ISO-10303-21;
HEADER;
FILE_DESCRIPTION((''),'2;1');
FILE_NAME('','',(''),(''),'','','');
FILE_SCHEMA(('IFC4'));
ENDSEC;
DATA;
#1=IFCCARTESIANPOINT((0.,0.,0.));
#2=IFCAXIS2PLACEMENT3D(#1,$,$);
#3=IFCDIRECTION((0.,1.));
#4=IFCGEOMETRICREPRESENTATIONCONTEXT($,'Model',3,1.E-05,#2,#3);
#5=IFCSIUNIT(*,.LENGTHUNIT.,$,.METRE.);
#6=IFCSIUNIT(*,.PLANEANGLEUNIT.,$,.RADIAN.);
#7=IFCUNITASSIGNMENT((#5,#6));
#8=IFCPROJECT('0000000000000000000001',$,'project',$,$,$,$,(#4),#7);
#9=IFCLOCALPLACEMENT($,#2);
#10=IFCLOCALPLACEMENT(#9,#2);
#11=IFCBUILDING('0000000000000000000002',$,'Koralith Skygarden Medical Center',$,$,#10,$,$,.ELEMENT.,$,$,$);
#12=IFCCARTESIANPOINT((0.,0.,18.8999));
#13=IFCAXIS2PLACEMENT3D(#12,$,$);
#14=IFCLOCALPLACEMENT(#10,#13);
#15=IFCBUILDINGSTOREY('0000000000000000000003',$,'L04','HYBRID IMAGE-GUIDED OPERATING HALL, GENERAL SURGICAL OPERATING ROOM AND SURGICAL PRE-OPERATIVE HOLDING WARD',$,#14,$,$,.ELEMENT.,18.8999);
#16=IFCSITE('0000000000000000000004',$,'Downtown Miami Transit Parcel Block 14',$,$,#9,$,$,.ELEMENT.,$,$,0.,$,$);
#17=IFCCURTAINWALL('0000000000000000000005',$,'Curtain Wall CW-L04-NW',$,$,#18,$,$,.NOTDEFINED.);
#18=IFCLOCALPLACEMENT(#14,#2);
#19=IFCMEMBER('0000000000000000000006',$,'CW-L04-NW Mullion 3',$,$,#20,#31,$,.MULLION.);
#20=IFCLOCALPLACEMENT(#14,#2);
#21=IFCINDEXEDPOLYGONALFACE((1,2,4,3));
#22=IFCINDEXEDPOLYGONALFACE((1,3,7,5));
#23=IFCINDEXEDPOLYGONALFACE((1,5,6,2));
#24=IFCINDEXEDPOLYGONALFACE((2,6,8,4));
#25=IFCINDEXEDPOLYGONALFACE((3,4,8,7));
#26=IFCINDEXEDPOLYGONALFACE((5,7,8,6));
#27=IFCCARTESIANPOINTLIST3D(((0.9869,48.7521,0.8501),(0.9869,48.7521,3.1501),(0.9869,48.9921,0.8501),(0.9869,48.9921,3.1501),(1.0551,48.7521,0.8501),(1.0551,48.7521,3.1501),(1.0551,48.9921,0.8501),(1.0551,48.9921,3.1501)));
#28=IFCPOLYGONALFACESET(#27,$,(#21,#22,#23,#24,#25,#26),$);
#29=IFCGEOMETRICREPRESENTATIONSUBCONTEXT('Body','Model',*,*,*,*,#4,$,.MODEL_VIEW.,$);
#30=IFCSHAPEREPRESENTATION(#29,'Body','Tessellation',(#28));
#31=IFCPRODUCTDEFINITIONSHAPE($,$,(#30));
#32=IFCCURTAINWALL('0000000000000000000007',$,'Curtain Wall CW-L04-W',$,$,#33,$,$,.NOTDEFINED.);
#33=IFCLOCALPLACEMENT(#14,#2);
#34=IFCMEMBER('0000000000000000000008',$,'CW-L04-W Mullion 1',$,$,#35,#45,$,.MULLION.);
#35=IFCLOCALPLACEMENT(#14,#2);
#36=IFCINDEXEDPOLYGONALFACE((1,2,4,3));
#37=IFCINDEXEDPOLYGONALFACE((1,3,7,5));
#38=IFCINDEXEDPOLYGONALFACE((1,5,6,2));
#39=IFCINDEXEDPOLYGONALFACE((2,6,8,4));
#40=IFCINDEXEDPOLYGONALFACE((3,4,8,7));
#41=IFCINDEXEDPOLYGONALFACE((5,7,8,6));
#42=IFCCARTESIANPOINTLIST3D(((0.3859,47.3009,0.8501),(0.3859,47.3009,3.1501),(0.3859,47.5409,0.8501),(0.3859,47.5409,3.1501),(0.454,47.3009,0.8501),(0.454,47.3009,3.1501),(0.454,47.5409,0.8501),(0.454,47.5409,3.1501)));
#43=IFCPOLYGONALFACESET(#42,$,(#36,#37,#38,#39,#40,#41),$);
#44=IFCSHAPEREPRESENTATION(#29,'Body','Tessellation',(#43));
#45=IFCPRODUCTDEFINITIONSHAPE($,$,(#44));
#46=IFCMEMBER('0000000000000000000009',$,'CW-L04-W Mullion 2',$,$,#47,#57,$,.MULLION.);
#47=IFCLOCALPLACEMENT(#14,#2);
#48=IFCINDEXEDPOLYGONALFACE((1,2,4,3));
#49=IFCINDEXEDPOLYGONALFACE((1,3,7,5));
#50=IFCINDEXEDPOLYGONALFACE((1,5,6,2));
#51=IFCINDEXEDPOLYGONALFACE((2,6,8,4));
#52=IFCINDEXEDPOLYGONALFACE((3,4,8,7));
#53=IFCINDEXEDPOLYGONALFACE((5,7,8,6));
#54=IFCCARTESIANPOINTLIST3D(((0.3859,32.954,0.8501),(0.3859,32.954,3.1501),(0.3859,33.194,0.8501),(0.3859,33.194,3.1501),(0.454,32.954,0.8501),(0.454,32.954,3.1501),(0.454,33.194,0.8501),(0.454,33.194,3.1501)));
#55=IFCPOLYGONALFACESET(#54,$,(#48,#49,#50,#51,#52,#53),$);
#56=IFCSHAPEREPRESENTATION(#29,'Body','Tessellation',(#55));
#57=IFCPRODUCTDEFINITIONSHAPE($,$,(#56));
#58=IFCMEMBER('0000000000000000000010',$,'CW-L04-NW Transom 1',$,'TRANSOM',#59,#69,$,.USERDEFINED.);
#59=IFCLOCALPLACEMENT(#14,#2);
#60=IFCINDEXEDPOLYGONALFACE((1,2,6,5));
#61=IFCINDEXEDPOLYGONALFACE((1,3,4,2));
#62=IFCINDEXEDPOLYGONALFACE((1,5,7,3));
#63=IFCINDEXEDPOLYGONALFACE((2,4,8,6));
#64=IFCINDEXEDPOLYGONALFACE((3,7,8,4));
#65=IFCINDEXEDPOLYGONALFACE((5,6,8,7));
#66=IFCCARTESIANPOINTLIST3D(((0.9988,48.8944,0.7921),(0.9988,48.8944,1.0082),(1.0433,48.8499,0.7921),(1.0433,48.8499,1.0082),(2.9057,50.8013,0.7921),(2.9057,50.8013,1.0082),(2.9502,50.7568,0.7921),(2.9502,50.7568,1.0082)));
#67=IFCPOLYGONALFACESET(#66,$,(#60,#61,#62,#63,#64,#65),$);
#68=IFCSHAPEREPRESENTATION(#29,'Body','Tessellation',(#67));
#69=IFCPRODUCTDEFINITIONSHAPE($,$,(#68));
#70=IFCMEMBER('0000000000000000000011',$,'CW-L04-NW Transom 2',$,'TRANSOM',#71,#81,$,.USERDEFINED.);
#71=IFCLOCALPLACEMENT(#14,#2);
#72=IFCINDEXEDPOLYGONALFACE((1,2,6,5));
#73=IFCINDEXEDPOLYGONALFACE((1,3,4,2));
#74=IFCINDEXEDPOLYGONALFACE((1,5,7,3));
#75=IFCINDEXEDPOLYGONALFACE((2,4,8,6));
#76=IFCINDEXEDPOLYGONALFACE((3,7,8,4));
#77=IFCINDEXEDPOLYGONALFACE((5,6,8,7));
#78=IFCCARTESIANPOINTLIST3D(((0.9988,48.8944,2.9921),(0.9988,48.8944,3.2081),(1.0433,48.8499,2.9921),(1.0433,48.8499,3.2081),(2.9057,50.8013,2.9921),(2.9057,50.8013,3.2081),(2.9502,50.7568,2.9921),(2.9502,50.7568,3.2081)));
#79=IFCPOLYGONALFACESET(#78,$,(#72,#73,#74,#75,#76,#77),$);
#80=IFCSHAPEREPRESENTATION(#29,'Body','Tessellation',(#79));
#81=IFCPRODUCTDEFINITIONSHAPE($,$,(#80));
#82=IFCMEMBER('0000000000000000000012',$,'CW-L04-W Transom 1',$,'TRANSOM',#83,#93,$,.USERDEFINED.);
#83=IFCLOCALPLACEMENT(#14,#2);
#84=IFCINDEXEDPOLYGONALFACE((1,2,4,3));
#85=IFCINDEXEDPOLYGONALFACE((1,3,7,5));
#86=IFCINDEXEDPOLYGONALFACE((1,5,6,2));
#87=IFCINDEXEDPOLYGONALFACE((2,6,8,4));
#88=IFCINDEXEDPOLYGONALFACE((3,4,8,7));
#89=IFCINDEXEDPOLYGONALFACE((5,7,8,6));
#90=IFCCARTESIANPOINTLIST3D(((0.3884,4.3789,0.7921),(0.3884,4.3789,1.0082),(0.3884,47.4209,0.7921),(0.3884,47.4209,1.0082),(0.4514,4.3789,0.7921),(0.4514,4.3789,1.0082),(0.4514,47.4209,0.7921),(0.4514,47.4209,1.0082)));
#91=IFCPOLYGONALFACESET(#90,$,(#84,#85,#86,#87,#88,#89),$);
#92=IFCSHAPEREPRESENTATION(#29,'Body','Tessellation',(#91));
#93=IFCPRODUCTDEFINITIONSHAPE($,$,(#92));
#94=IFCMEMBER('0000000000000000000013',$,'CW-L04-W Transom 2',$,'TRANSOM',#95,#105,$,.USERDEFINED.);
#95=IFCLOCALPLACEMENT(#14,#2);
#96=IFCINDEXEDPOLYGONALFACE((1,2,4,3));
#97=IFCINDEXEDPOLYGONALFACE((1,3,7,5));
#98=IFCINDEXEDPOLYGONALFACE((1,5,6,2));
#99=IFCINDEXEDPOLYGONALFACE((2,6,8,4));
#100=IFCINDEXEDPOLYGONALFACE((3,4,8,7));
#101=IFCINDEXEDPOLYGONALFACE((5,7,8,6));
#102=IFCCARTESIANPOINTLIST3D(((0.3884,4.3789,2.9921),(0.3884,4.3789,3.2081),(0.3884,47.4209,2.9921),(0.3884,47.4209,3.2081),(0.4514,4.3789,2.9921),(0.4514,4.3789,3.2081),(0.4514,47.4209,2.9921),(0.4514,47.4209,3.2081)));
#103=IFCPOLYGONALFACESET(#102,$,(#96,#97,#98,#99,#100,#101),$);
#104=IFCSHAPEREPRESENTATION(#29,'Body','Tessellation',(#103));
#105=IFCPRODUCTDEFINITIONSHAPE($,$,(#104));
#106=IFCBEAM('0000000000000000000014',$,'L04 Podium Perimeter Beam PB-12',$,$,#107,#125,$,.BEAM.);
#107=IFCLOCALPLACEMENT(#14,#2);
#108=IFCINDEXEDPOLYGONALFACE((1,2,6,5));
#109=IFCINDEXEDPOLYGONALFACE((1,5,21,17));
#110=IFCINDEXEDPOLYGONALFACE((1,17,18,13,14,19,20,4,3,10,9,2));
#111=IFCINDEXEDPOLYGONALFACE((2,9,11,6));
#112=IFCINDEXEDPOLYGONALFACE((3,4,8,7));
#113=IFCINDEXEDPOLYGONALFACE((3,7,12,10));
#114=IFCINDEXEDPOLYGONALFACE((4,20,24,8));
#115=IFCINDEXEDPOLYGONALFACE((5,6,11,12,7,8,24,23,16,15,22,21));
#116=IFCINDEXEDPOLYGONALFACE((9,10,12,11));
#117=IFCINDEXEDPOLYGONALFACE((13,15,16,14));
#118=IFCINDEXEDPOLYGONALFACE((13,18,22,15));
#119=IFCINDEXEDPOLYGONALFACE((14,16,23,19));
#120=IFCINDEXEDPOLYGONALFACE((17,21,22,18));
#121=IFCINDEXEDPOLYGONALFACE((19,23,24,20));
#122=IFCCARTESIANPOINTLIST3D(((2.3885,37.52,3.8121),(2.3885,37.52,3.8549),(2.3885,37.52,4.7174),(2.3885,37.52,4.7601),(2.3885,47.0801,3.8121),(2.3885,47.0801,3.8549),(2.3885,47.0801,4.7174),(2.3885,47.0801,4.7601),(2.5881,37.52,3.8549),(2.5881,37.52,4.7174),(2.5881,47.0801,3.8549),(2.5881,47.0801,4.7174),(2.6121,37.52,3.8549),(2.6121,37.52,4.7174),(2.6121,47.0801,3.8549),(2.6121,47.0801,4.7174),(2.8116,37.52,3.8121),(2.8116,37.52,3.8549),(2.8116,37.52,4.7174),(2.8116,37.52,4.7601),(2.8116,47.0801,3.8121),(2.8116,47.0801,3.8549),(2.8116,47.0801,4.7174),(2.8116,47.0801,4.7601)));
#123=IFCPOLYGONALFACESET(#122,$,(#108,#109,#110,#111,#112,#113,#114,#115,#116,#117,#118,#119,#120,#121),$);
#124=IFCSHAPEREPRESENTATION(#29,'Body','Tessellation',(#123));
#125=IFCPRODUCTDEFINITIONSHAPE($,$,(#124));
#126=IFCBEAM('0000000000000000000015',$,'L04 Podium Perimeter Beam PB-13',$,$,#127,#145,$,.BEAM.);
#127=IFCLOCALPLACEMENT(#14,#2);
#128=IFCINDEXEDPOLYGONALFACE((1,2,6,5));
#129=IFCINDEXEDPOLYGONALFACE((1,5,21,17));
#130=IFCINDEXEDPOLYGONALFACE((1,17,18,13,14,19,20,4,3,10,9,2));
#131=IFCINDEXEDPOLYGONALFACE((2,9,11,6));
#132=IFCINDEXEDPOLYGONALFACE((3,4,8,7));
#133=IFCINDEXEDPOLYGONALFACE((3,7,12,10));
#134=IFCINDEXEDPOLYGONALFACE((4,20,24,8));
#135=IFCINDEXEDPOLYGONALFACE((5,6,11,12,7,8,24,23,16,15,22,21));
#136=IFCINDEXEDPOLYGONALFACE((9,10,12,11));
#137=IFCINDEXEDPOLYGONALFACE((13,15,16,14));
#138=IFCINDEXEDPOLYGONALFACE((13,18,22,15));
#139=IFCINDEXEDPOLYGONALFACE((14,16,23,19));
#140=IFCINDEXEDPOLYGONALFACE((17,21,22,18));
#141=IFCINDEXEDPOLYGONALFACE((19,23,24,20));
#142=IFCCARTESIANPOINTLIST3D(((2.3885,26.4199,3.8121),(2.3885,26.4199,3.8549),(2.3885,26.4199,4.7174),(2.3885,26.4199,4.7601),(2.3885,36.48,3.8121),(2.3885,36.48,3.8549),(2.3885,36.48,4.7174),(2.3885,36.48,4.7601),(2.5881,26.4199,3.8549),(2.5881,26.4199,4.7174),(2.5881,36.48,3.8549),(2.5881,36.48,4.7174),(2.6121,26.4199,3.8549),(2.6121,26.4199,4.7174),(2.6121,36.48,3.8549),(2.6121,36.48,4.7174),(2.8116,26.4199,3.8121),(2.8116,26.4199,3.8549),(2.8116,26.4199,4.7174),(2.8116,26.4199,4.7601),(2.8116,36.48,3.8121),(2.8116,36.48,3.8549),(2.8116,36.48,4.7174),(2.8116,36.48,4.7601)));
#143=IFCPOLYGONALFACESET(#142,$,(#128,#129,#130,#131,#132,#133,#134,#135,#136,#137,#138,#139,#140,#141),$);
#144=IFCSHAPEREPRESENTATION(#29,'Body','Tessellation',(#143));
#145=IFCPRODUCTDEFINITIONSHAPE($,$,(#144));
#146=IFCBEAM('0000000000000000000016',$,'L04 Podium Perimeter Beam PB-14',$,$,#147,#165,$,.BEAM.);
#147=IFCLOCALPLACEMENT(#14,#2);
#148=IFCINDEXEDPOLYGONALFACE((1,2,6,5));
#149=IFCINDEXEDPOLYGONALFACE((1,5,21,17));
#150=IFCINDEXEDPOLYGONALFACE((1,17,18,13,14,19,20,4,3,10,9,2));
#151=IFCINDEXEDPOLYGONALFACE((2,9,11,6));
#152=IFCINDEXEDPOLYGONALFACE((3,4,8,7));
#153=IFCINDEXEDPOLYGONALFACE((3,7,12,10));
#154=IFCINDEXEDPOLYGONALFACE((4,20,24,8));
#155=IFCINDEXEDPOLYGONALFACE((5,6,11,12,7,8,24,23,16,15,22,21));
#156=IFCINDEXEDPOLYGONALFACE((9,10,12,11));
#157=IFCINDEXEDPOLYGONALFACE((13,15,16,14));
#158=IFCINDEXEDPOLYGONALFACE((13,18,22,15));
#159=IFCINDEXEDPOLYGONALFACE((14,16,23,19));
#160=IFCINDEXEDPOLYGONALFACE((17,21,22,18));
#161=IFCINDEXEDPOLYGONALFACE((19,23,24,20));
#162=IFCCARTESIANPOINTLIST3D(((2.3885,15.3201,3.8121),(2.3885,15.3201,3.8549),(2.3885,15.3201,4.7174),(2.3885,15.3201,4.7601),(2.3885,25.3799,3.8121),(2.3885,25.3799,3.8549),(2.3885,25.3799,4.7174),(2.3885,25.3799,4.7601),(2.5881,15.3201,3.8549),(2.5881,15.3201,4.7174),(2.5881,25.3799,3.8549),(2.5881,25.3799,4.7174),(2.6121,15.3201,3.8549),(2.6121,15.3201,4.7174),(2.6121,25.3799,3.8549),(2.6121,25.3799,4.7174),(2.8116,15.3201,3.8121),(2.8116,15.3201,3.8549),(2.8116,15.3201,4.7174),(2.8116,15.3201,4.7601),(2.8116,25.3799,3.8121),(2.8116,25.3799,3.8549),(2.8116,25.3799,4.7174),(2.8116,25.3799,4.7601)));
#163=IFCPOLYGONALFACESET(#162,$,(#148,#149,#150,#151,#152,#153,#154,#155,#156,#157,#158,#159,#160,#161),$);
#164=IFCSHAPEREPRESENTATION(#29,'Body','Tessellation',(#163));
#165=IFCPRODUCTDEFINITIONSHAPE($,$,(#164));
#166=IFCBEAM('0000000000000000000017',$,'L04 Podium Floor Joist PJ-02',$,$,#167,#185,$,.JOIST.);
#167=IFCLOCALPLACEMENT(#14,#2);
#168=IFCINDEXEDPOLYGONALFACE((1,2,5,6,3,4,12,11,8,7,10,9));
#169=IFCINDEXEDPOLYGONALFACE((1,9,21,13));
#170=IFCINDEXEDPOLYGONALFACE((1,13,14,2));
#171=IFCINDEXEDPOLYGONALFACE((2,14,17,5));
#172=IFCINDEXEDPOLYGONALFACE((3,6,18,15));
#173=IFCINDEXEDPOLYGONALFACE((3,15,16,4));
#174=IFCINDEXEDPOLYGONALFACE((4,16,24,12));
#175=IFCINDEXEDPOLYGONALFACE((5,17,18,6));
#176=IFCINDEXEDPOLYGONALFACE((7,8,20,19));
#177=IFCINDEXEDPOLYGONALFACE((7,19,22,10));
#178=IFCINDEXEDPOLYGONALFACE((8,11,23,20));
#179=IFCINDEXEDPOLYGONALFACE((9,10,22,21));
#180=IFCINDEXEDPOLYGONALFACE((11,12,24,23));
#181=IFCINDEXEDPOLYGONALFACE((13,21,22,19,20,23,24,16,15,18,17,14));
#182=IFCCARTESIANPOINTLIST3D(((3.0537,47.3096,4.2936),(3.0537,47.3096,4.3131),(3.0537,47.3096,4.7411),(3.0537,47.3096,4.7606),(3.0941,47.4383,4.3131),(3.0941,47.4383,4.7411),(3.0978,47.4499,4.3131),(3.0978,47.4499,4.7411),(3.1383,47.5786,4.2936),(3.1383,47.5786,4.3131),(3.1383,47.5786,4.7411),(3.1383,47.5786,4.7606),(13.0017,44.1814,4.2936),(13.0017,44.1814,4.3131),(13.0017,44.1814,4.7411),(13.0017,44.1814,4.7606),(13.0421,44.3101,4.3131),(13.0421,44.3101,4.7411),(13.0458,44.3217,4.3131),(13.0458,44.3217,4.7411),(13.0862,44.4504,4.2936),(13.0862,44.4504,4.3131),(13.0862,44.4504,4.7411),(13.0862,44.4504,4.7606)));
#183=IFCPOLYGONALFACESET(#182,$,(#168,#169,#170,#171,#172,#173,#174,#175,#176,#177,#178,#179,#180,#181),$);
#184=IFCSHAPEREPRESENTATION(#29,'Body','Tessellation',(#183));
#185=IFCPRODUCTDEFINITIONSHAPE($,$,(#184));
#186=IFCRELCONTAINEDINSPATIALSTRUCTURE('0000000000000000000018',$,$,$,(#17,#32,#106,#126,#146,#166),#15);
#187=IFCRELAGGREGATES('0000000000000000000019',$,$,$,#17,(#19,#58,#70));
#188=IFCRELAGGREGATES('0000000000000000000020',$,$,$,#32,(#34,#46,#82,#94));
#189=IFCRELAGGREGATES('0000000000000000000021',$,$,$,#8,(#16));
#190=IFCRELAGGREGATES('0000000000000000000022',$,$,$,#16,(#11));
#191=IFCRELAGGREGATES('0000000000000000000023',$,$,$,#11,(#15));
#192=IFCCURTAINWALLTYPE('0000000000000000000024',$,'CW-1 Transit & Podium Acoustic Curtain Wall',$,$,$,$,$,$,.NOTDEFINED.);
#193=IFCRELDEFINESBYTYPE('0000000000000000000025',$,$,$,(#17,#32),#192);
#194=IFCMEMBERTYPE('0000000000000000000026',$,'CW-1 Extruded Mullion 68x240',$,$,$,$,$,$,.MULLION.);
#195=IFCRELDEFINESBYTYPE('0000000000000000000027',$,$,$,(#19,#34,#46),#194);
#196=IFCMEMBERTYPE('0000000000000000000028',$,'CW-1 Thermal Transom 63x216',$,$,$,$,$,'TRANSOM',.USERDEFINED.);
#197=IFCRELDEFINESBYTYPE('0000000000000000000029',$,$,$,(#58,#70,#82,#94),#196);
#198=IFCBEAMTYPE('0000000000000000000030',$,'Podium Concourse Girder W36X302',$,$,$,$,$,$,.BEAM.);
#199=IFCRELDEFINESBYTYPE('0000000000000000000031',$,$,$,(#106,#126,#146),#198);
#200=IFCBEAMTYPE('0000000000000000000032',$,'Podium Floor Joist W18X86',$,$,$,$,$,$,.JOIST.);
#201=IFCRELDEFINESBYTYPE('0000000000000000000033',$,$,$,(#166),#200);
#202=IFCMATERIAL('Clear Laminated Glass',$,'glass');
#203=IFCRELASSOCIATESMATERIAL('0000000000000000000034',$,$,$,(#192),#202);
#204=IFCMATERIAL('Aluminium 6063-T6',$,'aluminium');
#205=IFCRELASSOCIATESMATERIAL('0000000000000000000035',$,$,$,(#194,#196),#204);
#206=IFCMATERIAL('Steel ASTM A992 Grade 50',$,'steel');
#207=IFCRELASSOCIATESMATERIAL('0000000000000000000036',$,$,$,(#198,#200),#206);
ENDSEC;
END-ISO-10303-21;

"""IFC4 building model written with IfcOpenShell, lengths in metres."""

from ifc_helpers import new_model, si_unit, direction, frame, origin, origin_2d, place, context, subcontext, project, spatial, rectangle, i_section, extrude, material, material_profile, profile_set, type_object, element, aggregate, save


model = new_model("IFC4")

# Units and contexts
model_context = context("Model", 3, precision=1e-05, world=origin(), true_north=direction((0.0, 1.0)))
body_context = subcontext(model_context, "Body", "Model", "MODEL_VIEW")
ifc_project = project(units=[si_unit("LENGTHUNIT", "METRE"), si_unit("PLANEANGLEUNIT", "RADIAN")], contexts=[model_context])

# Site, building, storey
site_placement = place(None, origin())
site = spatial("IfcSite", under=ifc_project, at=site_placement, Name="Downtown Miami Transit Parcel Block 14", CompositionType="ELEMENT", RefElevation=0.0)
building_placement = place(site_placement, origin())
building = spatial("IfcBuilding", under=site, at=building_placement, Name="Koralith Skygarden Medical Center", CompositionType="ELEMENT")
storey_placement = place(building_placement, frame((0.0, 0.0, 18.8999)))
storey = spatial("IfcBuildingStorey", under=building, at=storey_placement, Name="L04", Description="HYBRID IMAGE-GUIDED OPERATING HALL, GENERAL SURGICAL OPERATING ROOM AND SURGICAL PRE-OPERATIVE HOLDING WARD", CompositionType="ELEMENT", Elevation=18.8999)

# Shared definitions
ifc_material_1 = material(Name="Clear Laminated Glass", Category="glass")
curtain_wall_type = type_object("IfcCurtainWallType", Name="CW-1 Transit & Podium Acoustic Curtain Wall", PredefinedType="NOTDEFINED", material=ifc_material_1)
ifc_material_2 = material(Name="Aluminium 6063-T6", Category="aluminium")
ifc_material_profile_1 = material_profile(ifc_material_2, rectangle(XDim=0.0681, YDim=0.24, at=origin_2d()), Name="MUL68X240")
ifc_profile_set_1 = profile_set([ifc_material_profile_1], Name="Aluminium 6063-T6")
member_type_1 = type_object("IfcMemberType", Name="CW-1 Extruded Mullion 68x240", PredefinedType="MULLION", material=ifc_profile_set_1)

# Curtain walls, members
curtain_wall_1_placement = place(storey_placement, origin())
curtain_wall_1 = element("IfcCurtainWall", 1, at=curtain_wall_1_placement, inside=storey, type_object=curtain_wall_type, Name="Curtain Wall CW-L04-NW", PredefinedType="NOTDEFINED")
member_1_placement = place(storey_placement, frame((1.021, 48.8721, 0.8501), z_axis=(0.0, 0.0, 1.0), x_axis=(1.0, 0.0, 0.0)))
member_1 = element("IfcMember", 2, at=member_1_placement, type_object=member_type_1, Name="CW-L04-NW Mullion 3", PredefinedType="MULLION", context=body_context, shape_type="SweptSolid", body=[
    extrude(rectangle(XDim=0.0681, YDim=0.24, at=origin_2d()), origin(), (0.0, 0.0, 1.0), 2.3),
])
curtain_wall_2_placement = place(storey_placement, origin())
curtain_wall_2 = element("IfcCurtainWall", 3, at=curtain_wall_2_placement, inside=storey, type_object=curtain_wall_type, Name="Curtain Wall CW-L04-W", PredefinedType="NOTDEFINED")
member_2_placement = place(storey_placement, frame((0.4199, 47.4209, 0.8501), z_axis=(0.0, 0.0, 1.0), x_axis=(1.0, 0.0, 0.0)))
member_2 = element("IfcMember", 4, at=member_2_placement, type_object=member_type_1, Name="CW-L04-W Mullion 1", PredefinedType="MULLION", context=body_context, shape_type="SweptSolid", body=[
    extrude(rectangle(XDim=0.0681, YDim=0.24, at=origin_2d()), origin(), (0.0, 0.0, 1.0), 2.3),
])
member_3_placement = place(storey_placement, frame((0.4199, 33.074, 0.8501), z_axis=(0.0, 0.0, 1.0), x_axis=(1.0, 0.0, 0.0)))
member_3 = element("IfcMember", 5, at=member_3_placement, type_object=member_type_1, Name="CW-L04-W Mullion 2", PredefinedType="MULLION", context=body_context, shape_type="SweptSolid", body=[
    extrude(rectangle(XDim=0.0681, YDim=0.24, at=origin_2d()), origin(), (0.0, 0.0, 1.0), 2.3),
])

# Members
ifc_material_profile_2 = material_profile(ifc_material_2, rectangle(XDim=0.063, YDim=0.2161, at=origin_2d()), Name="TRN63X216")
ifc_profile_set_2 = profile_set([ifc_material_profile_2], Name="Aluminium 6063-T6")
member_type_2 = type_object("IfcMemberType", Name="CW-1 Thermal Transom 63x216", ElementType="TRANSOM", PredefinedType="USERDEFINED", material=ifc_profile_set_2)
member_4_placement = place(storey_placement, frame((2.928, 50.7791, 0.9001), z_axis=(-0.707107, -0.707107, 0.0), x_axis=(0.707107, -0.707107, 0.0)))
member_4 = element("IfcMember", 6, at=member_4_placement, type_object=member_type_2, Name="CW-L04-NW Transom 1", ObjectType="TRANSOM", PredefinedType="USERDEFINED", context=body_context, shape_type="SweptSolid", body=[
    extrude(rectangle(XDim=0.063, YDim=0.2161, at=origin_2d()), origin(), (0.0, 0.0, 1.0), 2.6968),
])
member_5_placement = place(storey_placement, frame((2.928, 50.7791, 3.1001), z_axis=(-0.707107, -0.707107, 0.0), x_axis=(0.707107, -0.707107, 0.0)))
member_5 = element("IfcMember", 7, at=member_5_placement, type_object=member_type_2, Name="CW-L04-NW Transom 2", ObjectType="TRANSOM", PredefinedType="USERDEFINED", context=body_context, shape_type="SweptSolid", body=[
    extrude(rectangle(XDim=0.063, YDim=0.2161, at=origin_2d()), origin(), (0.0, 0.0, 1.0), 2.6968),
])
member_6_placement = place(storey_placement, frame((0.4199, 47.4209, 0.9001), z_axis=(0.0, -1.0, 0.0), x_axis=(1.0, 0.0, 0.0)))
member_6 = element("IfcMember", 8, at=member_6_placement, type_object=member_type_2, Name="CW-L04-W Transom 1", ObjectType="TRANSOM", PredefinedType="USERDEFINED", context=body_context, shape_type="SweptSolid", body=[
    extrude(rectangle(XDim=0.063, YDim=0.2161, at=origin_2d()), origin(), (0.0, 0.0, 1.0), 43.042),
])
member_7_placement = place(storey_placement, frame((0.4199, 47.4209, 3.1001), z_axis=(0.0, -1.0, 0.0), x_axis=(1.0, 0.0, 0.0)))
member_7 = element("IfcMember", 9, at=member_7_placement, type_object=member_type_2, Name="CW-L04-W Transom 2", ObjectType="TRANSOM", PredefinedType="USERDEFINED", context=body_context, shape_type="SweptSolid", body=[
    extrude(rectangle(XDim=0.063, YDim=0.2161, at=origin_2d()), origin(), (0.0, 0.0, 1.0), 43.042),
])

# Beams
ifc_material_3 = material(Name="Steel ASTM A992 Grade 50", Category="steel")
ifc_material_profile_3 = material_profile(ifc_material_3, i_section(OverallWidth=0.4231, OverallDepth=0.948, WebThickness=0.0239, FlangeThickness=0.0427, at=origin_2d()), Name="W36X302")
ifc_profile_set_3 = profile_set([ifc_material_profile_3], Name="Steel ASTM A992 Grade 50")
beam_type_1 = type_object("IfcBeamType", Name="Podium Concourse Girder W36X302", PredefinedType="BEAM", material=ifc_profile_set_3)
beam_1_placement = place(storey_placement, frame((2.6001, 47.0801, 4.2861), z_axis=(0.0, -1.0, 0.0), x_axis=(1.0, 0.0, 0.0)))
element("IfcBeam", 10, at=beam_1_placement, inside=storey, type_object=beam_type_1, Name="L04 Podium Perimeter Beam PB-12", PredefinedType="BEAM", context=body_context, shape_type="SweptSolid", body=[
    extrude(i_section(OverallWidth=0.4231, OverallDepth=0.948, WebThickness=0.0239, FlangeThickness=0.0427, at=origin_2d()), origin(), (0.0, 0.0, 1.0), 9.5601),
])
beam_2_placement = place(storey_placement, frame((2.6001, 36.48, 4.2861), z_axis=(0.0, -1.0, 0.0), x_axis=(1.0, 0.0, 0.0)))
element("IfcBeam", 11, at=beam_2_placement, inside=storey, type_object=beam_type_1, Name="L04 Podium Perimeter Beam PB-13", PredefinedType="BEAM", context=body_context, shape_type="SweptSolid", body=[
    extrude(i_section(OverallWidth=0.4231, OverallDepth=0.948, WebThickness=0.0239, FlangeThickness=0.0427, at=origin_2d()), origin(), (0.0, 0.0, 1.0), 10.0601),
])
beam_3_placement = place(storey_placement, frame((2.6001, 25.3799, 4.2861), z_axis=(0.0, -1.0, 0.0), x_axis=(1.0, 0.0, 0.0)))
element("IfcBeam", 12, at=beam_3_placement, inside=storey, type_object=beam_type_1, Name="L04 Podium Perimeter Beam PB-14", PredefinedType="BEAM", context=body_context, shape_type="SweptSolid", body=[
    extrude(i_section(OverallWidth=0.4231, OverallDepth=0.948, WebThickness=0.0239, FlangeThickness=0.0427, at=origin_2d()), origin(), (0.0, 0.0, 1.0), 10.0598),
])
ifc_material_profile_4 = material_profile(ifc_material_3, i_section(OverallWidth=0.282, OverallDepth=0.467, WebThickness=0.0122, FlangeThickness=0.0195, at=origin_2d()), Name="W18X86")
ifc_profile_set_4 = profile_set([ifc_material_profile_4], Name="Steel ASTM A992 Grade 50")
beam_type_2 = type_object("IfcBeamType", Name="Podium Floor Joist W18X86", PredefinedType="JOIST", material=ifc_profile_set_4)
beam_4_placement = place(storey_placement, frame((13.0439, 44.3159, 4.5271), z_axis=(-0.953948, 0.299971, 0.0), x_axis=(-0.299971, -0.953948, 0.0)))
element("IfcBeam", 13, at=beam_4_placement, inside=storey, type_object=beam_type_2, Name="L04 Podium Floor Joist PJ-02", PredefinedType="JOIST", context=body_context, shape_type="SweptSolid", body=[
    extrude(i_section(OverallWidth=0.282, OverallDepth=0.467, WebThickness=0.0122, FlangeThickness=0.0195, at=origin_2d()), origin(), (0.0, 0.0, 1.0), 10.4282),
])

aggregate(curtain_wall_1, [member_1, member_4, member_5])
aggregate(curtain_wall_2, [member_2, member_3, member_6, member_7])

save(model, "model.ifc")
